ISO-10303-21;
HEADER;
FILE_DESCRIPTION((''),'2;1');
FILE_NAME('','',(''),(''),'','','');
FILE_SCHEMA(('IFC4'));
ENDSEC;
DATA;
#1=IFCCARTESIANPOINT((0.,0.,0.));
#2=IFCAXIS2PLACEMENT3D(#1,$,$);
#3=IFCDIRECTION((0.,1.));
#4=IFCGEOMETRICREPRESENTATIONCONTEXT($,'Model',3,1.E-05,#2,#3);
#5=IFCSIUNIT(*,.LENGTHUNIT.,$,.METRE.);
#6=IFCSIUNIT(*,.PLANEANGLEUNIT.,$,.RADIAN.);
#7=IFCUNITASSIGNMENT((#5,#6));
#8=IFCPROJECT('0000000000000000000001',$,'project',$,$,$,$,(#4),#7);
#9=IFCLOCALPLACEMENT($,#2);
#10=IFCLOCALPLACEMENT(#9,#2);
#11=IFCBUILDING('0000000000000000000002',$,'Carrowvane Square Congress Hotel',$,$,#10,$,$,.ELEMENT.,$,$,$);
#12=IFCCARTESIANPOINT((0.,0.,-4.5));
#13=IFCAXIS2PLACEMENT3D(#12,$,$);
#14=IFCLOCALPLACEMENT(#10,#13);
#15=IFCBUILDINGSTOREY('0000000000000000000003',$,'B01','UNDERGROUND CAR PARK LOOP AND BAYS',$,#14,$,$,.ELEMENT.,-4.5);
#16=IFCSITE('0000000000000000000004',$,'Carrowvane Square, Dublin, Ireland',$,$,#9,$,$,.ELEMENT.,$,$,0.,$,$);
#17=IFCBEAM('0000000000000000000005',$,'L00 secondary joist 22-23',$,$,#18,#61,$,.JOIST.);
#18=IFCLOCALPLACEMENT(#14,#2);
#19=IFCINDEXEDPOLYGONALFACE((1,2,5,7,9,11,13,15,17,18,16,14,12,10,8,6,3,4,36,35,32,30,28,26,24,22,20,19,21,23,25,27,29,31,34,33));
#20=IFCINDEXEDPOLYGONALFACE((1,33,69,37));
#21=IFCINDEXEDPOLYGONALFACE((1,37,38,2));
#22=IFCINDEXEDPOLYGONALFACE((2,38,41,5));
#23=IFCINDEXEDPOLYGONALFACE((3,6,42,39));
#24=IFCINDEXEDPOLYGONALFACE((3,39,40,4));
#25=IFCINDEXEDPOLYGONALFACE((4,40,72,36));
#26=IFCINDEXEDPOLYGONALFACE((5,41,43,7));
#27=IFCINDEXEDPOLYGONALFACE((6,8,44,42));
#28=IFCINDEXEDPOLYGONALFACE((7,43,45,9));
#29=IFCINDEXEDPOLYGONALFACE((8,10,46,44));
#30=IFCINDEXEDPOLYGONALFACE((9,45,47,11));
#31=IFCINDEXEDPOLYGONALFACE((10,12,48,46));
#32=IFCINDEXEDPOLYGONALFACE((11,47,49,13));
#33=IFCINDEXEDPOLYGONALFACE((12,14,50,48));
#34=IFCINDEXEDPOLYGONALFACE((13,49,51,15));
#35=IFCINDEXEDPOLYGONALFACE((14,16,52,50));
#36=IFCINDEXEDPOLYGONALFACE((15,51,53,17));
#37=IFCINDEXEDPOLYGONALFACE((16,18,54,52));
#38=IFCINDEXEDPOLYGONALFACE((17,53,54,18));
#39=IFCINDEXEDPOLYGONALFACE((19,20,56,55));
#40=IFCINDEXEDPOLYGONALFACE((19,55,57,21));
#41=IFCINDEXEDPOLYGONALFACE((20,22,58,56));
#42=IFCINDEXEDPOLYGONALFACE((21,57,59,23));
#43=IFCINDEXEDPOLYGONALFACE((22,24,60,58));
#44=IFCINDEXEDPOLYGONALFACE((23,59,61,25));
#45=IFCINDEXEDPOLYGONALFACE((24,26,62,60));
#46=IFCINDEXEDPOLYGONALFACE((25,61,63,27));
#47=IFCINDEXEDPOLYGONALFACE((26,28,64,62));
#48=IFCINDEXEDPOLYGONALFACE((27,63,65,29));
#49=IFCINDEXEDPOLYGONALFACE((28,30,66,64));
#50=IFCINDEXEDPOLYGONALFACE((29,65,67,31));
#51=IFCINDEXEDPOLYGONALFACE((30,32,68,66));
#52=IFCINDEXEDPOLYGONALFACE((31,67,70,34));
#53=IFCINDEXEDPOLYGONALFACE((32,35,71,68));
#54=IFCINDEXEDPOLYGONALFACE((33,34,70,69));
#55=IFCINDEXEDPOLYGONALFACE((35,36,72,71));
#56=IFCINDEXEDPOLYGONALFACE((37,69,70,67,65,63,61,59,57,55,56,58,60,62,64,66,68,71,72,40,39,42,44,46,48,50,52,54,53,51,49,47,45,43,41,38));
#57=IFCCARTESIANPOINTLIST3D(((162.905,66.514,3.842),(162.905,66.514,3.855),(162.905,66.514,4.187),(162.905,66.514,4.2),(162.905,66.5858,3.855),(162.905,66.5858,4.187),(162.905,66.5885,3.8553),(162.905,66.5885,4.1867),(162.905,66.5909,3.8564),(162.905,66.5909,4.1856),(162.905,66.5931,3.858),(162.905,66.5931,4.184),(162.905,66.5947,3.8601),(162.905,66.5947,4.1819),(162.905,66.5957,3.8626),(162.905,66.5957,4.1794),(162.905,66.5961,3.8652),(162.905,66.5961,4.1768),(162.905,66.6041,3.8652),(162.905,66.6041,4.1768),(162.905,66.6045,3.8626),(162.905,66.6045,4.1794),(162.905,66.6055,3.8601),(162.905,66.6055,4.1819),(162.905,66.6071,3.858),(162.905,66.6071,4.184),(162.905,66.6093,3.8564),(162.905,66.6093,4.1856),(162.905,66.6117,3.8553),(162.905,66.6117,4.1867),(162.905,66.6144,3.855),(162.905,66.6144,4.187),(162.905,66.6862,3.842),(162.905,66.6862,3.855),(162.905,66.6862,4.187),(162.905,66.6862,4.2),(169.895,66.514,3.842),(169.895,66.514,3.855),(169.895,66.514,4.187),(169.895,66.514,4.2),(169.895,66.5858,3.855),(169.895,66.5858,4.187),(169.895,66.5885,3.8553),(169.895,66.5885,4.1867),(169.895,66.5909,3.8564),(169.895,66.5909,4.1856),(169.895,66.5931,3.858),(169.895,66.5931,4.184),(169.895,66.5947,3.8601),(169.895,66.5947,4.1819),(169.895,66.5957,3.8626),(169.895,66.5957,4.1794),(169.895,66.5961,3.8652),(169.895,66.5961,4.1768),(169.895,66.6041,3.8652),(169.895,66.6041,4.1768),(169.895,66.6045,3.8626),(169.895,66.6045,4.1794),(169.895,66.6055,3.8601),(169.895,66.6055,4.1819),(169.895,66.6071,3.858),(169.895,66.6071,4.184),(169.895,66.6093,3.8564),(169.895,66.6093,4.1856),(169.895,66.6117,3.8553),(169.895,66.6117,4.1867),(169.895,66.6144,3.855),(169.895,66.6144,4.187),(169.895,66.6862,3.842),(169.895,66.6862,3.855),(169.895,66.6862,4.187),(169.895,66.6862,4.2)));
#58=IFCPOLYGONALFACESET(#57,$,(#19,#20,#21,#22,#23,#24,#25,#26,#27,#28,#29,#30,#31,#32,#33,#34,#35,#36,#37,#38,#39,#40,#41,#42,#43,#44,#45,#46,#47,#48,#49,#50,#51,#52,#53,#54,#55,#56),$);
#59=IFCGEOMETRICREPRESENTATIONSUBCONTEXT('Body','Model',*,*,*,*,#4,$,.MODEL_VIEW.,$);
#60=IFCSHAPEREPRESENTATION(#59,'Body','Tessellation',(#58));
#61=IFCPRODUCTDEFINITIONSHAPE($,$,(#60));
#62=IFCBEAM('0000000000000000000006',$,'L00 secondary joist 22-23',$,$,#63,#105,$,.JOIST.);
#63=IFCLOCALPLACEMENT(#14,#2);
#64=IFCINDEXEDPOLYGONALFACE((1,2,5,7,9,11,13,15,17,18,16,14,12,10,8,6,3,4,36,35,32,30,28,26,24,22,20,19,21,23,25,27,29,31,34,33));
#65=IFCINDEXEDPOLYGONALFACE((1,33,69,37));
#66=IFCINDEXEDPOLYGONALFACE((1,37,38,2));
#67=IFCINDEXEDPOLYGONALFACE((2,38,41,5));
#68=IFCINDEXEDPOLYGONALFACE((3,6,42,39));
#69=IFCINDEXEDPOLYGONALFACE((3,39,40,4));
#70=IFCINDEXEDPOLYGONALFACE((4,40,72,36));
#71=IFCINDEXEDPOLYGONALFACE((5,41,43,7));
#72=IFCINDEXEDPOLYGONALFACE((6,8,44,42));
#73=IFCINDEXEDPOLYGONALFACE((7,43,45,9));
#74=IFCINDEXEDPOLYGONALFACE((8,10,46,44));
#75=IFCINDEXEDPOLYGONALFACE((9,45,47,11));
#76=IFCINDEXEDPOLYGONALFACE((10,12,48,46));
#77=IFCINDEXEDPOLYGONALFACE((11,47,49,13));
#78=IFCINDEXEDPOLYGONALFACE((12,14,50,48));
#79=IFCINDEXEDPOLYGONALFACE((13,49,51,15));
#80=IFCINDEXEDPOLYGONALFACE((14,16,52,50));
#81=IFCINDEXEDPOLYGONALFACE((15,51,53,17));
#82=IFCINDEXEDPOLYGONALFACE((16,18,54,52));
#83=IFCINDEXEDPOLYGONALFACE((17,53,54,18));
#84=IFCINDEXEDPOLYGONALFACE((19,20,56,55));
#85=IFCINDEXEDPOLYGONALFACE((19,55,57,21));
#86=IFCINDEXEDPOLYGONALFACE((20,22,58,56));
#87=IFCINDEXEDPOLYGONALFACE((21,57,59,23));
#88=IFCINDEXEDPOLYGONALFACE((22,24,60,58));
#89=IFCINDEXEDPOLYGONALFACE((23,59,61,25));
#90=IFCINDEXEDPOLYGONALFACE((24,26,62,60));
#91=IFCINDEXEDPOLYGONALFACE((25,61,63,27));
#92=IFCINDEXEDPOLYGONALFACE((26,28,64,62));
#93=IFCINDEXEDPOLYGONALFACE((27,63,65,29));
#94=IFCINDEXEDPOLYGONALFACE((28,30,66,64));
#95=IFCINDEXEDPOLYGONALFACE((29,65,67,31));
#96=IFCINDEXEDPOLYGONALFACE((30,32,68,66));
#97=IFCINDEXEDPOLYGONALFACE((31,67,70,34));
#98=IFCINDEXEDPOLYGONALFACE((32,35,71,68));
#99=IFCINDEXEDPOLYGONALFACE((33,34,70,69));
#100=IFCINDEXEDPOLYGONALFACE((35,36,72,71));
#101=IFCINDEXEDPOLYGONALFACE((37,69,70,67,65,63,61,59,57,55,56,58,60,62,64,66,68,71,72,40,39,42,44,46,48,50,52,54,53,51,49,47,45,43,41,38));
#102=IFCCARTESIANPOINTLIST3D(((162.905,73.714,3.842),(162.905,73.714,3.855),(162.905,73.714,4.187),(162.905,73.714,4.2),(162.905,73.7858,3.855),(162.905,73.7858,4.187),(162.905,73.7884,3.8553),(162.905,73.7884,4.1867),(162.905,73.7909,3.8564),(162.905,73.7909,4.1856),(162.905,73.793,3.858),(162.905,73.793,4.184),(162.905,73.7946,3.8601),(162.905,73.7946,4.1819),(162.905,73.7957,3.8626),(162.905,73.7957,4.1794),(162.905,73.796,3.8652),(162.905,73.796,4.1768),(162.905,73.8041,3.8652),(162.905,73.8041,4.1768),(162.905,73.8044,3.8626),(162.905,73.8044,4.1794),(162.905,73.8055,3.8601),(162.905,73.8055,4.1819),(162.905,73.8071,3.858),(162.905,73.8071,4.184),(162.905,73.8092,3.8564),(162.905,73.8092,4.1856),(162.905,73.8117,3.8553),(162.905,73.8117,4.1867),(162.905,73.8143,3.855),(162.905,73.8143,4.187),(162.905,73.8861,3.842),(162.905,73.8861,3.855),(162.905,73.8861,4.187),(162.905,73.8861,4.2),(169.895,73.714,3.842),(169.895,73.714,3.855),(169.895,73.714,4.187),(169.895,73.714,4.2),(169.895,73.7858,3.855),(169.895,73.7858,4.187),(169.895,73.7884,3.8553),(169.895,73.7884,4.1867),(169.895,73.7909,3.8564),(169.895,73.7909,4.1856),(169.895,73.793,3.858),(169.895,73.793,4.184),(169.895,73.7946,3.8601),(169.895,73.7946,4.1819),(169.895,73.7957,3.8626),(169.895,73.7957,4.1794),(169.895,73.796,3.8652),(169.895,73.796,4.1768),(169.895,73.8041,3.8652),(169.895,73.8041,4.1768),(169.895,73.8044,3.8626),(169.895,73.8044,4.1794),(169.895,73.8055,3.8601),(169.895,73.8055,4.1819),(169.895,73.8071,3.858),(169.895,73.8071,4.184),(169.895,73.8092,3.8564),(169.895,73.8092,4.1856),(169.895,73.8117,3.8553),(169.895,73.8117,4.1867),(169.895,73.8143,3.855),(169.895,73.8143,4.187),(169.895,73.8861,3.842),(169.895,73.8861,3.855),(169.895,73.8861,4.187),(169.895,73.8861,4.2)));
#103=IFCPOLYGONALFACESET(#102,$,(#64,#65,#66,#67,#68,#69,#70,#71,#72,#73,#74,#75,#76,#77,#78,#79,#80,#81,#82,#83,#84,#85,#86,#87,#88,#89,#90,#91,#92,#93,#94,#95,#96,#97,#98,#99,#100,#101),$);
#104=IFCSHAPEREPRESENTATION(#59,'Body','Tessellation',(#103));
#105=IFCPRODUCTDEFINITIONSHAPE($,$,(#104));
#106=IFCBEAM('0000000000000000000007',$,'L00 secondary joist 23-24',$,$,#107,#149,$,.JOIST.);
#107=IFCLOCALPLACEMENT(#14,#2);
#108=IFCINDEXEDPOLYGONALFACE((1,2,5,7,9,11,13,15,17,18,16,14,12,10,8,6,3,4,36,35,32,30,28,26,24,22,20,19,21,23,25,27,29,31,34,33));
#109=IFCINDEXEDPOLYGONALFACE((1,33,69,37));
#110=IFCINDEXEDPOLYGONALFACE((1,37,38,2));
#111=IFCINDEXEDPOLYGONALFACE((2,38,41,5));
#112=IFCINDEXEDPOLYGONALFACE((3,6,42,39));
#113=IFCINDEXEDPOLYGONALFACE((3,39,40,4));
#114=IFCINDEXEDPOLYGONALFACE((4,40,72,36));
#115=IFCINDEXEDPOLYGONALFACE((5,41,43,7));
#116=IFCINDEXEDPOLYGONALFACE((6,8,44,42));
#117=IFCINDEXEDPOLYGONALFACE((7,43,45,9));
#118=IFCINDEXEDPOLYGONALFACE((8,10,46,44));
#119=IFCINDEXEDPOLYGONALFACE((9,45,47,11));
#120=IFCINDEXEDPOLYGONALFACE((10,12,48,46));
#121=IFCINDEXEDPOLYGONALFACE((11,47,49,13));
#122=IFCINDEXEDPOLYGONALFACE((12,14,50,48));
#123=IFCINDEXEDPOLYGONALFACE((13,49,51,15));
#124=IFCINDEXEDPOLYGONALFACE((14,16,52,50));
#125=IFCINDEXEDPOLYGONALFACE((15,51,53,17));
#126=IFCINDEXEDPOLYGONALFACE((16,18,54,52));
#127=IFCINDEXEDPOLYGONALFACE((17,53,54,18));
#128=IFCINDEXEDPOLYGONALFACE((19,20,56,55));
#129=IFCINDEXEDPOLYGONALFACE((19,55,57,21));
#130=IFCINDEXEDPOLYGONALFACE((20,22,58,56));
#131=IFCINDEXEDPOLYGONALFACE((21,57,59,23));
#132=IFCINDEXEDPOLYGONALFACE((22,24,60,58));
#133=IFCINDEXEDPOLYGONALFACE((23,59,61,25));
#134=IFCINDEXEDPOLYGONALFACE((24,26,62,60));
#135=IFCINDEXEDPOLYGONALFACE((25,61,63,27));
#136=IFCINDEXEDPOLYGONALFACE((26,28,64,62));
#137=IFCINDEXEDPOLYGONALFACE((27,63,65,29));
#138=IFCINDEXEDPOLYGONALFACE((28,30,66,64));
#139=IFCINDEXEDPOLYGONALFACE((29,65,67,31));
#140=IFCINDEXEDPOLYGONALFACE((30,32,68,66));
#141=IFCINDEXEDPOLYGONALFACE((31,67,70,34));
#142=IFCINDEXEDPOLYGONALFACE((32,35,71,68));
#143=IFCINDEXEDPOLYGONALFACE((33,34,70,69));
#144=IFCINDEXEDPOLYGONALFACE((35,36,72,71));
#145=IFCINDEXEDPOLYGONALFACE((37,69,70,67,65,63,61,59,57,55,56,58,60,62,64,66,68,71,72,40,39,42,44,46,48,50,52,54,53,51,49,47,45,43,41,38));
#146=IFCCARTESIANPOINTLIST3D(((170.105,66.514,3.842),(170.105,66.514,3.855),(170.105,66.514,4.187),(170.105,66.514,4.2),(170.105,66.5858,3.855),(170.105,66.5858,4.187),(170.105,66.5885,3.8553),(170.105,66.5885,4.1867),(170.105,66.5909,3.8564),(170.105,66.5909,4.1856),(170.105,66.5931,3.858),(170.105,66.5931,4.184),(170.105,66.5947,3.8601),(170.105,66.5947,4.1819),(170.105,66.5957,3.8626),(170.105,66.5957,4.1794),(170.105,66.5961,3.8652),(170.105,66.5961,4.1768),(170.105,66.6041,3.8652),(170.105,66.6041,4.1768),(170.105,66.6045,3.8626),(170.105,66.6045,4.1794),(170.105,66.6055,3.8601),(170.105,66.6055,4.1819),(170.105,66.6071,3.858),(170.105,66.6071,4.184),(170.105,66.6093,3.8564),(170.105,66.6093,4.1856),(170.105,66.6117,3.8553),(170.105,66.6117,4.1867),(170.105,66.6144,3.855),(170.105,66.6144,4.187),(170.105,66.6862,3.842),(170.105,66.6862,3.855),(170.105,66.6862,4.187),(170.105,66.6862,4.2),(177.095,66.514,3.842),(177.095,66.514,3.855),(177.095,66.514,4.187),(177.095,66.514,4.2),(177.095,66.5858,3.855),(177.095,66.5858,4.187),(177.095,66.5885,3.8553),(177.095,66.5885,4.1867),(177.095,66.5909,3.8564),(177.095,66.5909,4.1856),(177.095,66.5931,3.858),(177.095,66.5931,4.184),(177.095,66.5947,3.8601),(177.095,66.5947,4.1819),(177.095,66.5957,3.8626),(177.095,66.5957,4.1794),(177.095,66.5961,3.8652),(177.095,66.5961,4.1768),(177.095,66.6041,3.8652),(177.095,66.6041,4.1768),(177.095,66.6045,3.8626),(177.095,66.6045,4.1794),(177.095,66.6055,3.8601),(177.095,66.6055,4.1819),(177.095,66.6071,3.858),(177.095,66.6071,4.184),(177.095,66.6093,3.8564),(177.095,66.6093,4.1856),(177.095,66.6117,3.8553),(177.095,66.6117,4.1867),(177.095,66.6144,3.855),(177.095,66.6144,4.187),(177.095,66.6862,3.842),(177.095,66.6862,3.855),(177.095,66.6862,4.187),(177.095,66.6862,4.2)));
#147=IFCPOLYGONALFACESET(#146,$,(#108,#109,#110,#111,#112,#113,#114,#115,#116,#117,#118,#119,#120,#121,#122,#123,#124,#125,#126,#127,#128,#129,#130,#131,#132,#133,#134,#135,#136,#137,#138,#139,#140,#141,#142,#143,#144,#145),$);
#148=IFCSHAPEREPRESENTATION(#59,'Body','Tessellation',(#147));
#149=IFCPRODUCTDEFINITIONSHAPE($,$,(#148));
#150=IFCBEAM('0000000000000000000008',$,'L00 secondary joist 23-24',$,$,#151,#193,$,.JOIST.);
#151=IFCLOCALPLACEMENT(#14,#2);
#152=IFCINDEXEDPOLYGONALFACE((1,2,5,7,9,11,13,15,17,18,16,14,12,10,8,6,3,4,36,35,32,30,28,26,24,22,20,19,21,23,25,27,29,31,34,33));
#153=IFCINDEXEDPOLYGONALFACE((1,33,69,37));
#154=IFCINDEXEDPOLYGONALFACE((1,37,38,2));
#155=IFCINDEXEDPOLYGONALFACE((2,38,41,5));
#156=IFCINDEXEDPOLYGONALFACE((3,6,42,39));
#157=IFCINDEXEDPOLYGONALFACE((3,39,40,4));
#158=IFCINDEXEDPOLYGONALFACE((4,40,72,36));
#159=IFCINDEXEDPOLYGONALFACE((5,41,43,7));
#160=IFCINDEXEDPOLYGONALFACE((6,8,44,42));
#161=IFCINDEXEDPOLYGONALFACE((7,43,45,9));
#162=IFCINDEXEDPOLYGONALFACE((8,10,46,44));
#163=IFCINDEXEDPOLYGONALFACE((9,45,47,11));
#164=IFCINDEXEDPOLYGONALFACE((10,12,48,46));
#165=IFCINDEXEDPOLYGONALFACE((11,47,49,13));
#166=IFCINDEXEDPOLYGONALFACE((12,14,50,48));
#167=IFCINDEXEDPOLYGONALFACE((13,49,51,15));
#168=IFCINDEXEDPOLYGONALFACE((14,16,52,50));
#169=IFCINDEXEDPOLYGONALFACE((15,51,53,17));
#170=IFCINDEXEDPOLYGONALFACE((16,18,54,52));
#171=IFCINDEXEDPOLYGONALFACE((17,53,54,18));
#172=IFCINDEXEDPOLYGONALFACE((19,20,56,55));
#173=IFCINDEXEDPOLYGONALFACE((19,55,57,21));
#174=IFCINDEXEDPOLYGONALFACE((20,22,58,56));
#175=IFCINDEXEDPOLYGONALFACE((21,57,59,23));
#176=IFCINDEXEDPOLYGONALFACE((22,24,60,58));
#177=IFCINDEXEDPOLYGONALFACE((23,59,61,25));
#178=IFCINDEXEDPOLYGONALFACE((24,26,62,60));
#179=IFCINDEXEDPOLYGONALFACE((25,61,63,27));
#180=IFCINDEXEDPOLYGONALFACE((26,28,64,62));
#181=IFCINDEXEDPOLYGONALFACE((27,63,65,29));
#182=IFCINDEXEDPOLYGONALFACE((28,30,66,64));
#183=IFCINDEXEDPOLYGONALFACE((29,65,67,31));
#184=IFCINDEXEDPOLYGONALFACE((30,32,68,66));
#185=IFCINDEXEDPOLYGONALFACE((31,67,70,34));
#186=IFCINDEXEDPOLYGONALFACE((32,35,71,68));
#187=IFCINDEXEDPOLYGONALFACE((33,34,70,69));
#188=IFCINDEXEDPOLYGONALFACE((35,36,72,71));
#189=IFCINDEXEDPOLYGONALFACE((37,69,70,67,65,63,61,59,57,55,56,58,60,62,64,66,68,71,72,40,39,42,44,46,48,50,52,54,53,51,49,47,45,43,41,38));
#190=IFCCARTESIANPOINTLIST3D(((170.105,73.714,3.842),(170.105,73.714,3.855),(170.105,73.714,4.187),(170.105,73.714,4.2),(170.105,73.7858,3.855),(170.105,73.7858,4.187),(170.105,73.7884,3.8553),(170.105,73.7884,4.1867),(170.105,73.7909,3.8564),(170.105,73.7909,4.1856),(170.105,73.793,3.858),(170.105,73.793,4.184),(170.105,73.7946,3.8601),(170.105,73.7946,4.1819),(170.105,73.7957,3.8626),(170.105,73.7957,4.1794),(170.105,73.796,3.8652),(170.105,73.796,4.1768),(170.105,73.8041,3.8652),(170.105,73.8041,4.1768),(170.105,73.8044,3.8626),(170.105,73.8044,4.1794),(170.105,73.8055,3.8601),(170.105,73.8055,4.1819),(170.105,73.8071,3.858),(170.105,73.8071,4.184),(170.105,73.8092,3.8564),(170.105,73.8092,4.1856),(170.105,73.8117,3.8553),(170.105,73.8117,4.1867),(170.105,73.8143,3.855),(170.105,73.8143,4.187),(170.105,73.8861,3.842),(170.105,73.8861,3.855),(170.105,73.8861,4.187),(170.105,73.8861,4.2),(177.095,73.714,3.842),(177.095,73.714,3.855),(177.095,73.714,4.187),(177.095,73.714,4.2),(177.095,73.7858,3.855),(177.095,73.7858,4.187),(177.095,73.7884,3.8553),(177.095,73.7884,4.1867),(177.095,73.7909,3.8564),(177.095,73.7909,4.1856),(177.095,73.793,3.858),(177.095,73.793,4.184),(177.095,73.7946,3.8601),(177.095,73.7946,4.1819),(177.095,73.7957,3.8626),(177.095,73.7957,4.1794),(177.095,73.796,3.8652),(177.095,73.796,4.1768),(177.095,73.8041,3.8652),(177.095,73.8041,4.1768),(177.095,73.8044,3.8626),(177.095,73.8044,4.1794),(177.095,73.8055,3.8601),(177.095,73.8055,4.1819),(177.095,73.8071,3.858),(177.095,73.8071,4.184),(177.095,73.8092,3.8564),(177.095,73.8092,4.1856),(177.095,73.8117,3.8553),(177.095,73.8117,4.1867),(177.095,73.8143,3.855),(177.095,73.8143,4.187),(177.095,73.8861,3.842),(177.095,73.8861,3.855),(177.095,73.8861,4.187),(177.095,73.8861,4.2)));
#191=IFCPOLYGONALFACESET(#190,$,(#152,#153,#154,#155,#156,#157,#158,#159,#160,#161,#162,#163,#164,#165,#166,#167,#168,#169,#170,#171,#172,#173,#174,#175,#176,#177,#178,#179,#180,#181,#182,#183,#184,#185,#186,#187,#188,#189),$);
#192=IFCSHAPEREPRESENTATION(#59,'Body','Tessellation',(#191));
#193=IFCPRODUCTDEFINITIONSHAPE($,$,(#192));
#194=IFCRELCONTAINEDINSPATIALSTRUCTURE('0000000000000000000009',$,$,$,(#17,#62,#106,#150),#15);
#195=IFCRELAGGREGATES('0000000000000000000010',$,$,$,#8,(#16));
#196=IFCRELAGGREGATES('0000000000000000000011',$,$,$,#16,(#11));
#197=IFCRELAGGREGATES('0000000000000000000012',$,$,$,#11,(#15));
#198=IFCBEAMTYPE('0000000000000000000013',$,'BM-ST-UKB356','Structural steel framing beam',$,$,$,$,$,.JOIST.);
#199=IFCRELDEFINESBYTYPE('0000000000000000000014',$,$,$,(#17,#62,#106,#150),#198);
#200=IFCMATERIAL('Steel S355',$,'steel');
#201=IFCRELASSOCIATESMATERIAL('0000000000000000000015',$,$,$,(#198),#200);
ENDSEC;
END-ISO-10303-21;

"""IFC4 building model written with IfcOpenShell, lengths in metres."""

from ifc_helpers import new_model, si_unit, direction, frame, origin, origin_2d, place, context, subcontext, project, spatial, i_section, extrude, material, material_profile, profile_set, type_object, element, save


model = new_model("IFC4")

# Units and contexts
model_context = context("Model", 3, precision=1e-05, world=origin(), true_north=direction((0.0, 1.0)))
body_context = subcontext(model_context, "Body", "Model", "MODEL_VIEW")
ifc_project = project(units=[si_unit("LENGTHUNIT", "METRE"), si_unit("PLANEANGLEUNIT", "RADIAN")], contexts=[model_context])

# Site, building, storey
site_placement = place(None, origin())
site = spatial("IfcSite", under=ifc_project, at=site_placement, Name="Carrowvane Square, Dublin, Ireland", CompositionType="ELEMENT", RefElevation=0.0)
building_placement = place(site_placement, origin())
building = spatial("IfcBuilding", under=site, at=building_placement, Name="Carrowvane Square Congress Hotel", CompositionType="ELEMENT")
storey_placement = place(building_placement, frame((0.0, 0.0, -4.5)))
storey = spatial("IfcBuildingStorey", under=building, at=storey_placement, Name="B01", Description="UNDERGROUND CAR PARK LOOP AND BAYS", CompositionType="ELEMENT", Elevation=-4.5)

# Beams
ifc_material_1 = material(Name="Steel S355", Category="steel")
ifc_material_profile_1 = material_profile(ifc_material_1, i_section(OverallWidth=0.1721, OverallDepth=0.3579, WebThickness=0.0081, FlangeThickness=0.0129, FilletRadius=0.0103, at=origin_2d()), Name="UKB 356x171x57")
ifc_profile_set_1 = profile_set([ifc_material_profile_1], Name="Steel S355")
beam_type_1 = type_object("IfcBeamType", Name="BM-ST-UKB356", Description="Structural steel framing beam", PredefinedType="JOIST", material=ifc_profile_set_1)
for number, where, z_axis, x_axis, name in (
    (1, (162.905, 66.6001, 4.021), (1.0, 0.0, 0.0), (0.0, 1.0, 0.0), "L00 secondary joist 22-23"),
    (2, (162.905, 73.8, 4.021), (1.0, 0.0, 0.0), (0.0, 1.0, 0.0), "L00 secondary joist 22-23"),
    (3, (170.105, 66.6001, 4.021), (1.0, 0.0, 0.0), (0.0, 1.0, 0.0), "L00 secondary joist 23-24"),
    (4, (170.105, 73.8, 4.021), (1.0, 0.0, 0.0), (0.0, 1.0, 0.0), "L00 secondary joist 23-24"),
):
    element("IfcBeam", number, at=place(storey_placement, frame(where, z_axis=z_axis, x_axis=x_axis)), inside=storey, type_object=beam_type_1, Name=name, PredefinedType="JOIST", context=body_context, shape_type="SweptSolid", body=[
        extrude(i_section(OverallWidth=0.1721, OverallDepth=0.3579, WebThickness=0.0081, FlangeThickness=0.0129, FilletRadius=0.0103, at=origin_2d()), origin(), (0.0, 0.0, 1.0), 6.99),
    ])

save(model, "model.ifc")
